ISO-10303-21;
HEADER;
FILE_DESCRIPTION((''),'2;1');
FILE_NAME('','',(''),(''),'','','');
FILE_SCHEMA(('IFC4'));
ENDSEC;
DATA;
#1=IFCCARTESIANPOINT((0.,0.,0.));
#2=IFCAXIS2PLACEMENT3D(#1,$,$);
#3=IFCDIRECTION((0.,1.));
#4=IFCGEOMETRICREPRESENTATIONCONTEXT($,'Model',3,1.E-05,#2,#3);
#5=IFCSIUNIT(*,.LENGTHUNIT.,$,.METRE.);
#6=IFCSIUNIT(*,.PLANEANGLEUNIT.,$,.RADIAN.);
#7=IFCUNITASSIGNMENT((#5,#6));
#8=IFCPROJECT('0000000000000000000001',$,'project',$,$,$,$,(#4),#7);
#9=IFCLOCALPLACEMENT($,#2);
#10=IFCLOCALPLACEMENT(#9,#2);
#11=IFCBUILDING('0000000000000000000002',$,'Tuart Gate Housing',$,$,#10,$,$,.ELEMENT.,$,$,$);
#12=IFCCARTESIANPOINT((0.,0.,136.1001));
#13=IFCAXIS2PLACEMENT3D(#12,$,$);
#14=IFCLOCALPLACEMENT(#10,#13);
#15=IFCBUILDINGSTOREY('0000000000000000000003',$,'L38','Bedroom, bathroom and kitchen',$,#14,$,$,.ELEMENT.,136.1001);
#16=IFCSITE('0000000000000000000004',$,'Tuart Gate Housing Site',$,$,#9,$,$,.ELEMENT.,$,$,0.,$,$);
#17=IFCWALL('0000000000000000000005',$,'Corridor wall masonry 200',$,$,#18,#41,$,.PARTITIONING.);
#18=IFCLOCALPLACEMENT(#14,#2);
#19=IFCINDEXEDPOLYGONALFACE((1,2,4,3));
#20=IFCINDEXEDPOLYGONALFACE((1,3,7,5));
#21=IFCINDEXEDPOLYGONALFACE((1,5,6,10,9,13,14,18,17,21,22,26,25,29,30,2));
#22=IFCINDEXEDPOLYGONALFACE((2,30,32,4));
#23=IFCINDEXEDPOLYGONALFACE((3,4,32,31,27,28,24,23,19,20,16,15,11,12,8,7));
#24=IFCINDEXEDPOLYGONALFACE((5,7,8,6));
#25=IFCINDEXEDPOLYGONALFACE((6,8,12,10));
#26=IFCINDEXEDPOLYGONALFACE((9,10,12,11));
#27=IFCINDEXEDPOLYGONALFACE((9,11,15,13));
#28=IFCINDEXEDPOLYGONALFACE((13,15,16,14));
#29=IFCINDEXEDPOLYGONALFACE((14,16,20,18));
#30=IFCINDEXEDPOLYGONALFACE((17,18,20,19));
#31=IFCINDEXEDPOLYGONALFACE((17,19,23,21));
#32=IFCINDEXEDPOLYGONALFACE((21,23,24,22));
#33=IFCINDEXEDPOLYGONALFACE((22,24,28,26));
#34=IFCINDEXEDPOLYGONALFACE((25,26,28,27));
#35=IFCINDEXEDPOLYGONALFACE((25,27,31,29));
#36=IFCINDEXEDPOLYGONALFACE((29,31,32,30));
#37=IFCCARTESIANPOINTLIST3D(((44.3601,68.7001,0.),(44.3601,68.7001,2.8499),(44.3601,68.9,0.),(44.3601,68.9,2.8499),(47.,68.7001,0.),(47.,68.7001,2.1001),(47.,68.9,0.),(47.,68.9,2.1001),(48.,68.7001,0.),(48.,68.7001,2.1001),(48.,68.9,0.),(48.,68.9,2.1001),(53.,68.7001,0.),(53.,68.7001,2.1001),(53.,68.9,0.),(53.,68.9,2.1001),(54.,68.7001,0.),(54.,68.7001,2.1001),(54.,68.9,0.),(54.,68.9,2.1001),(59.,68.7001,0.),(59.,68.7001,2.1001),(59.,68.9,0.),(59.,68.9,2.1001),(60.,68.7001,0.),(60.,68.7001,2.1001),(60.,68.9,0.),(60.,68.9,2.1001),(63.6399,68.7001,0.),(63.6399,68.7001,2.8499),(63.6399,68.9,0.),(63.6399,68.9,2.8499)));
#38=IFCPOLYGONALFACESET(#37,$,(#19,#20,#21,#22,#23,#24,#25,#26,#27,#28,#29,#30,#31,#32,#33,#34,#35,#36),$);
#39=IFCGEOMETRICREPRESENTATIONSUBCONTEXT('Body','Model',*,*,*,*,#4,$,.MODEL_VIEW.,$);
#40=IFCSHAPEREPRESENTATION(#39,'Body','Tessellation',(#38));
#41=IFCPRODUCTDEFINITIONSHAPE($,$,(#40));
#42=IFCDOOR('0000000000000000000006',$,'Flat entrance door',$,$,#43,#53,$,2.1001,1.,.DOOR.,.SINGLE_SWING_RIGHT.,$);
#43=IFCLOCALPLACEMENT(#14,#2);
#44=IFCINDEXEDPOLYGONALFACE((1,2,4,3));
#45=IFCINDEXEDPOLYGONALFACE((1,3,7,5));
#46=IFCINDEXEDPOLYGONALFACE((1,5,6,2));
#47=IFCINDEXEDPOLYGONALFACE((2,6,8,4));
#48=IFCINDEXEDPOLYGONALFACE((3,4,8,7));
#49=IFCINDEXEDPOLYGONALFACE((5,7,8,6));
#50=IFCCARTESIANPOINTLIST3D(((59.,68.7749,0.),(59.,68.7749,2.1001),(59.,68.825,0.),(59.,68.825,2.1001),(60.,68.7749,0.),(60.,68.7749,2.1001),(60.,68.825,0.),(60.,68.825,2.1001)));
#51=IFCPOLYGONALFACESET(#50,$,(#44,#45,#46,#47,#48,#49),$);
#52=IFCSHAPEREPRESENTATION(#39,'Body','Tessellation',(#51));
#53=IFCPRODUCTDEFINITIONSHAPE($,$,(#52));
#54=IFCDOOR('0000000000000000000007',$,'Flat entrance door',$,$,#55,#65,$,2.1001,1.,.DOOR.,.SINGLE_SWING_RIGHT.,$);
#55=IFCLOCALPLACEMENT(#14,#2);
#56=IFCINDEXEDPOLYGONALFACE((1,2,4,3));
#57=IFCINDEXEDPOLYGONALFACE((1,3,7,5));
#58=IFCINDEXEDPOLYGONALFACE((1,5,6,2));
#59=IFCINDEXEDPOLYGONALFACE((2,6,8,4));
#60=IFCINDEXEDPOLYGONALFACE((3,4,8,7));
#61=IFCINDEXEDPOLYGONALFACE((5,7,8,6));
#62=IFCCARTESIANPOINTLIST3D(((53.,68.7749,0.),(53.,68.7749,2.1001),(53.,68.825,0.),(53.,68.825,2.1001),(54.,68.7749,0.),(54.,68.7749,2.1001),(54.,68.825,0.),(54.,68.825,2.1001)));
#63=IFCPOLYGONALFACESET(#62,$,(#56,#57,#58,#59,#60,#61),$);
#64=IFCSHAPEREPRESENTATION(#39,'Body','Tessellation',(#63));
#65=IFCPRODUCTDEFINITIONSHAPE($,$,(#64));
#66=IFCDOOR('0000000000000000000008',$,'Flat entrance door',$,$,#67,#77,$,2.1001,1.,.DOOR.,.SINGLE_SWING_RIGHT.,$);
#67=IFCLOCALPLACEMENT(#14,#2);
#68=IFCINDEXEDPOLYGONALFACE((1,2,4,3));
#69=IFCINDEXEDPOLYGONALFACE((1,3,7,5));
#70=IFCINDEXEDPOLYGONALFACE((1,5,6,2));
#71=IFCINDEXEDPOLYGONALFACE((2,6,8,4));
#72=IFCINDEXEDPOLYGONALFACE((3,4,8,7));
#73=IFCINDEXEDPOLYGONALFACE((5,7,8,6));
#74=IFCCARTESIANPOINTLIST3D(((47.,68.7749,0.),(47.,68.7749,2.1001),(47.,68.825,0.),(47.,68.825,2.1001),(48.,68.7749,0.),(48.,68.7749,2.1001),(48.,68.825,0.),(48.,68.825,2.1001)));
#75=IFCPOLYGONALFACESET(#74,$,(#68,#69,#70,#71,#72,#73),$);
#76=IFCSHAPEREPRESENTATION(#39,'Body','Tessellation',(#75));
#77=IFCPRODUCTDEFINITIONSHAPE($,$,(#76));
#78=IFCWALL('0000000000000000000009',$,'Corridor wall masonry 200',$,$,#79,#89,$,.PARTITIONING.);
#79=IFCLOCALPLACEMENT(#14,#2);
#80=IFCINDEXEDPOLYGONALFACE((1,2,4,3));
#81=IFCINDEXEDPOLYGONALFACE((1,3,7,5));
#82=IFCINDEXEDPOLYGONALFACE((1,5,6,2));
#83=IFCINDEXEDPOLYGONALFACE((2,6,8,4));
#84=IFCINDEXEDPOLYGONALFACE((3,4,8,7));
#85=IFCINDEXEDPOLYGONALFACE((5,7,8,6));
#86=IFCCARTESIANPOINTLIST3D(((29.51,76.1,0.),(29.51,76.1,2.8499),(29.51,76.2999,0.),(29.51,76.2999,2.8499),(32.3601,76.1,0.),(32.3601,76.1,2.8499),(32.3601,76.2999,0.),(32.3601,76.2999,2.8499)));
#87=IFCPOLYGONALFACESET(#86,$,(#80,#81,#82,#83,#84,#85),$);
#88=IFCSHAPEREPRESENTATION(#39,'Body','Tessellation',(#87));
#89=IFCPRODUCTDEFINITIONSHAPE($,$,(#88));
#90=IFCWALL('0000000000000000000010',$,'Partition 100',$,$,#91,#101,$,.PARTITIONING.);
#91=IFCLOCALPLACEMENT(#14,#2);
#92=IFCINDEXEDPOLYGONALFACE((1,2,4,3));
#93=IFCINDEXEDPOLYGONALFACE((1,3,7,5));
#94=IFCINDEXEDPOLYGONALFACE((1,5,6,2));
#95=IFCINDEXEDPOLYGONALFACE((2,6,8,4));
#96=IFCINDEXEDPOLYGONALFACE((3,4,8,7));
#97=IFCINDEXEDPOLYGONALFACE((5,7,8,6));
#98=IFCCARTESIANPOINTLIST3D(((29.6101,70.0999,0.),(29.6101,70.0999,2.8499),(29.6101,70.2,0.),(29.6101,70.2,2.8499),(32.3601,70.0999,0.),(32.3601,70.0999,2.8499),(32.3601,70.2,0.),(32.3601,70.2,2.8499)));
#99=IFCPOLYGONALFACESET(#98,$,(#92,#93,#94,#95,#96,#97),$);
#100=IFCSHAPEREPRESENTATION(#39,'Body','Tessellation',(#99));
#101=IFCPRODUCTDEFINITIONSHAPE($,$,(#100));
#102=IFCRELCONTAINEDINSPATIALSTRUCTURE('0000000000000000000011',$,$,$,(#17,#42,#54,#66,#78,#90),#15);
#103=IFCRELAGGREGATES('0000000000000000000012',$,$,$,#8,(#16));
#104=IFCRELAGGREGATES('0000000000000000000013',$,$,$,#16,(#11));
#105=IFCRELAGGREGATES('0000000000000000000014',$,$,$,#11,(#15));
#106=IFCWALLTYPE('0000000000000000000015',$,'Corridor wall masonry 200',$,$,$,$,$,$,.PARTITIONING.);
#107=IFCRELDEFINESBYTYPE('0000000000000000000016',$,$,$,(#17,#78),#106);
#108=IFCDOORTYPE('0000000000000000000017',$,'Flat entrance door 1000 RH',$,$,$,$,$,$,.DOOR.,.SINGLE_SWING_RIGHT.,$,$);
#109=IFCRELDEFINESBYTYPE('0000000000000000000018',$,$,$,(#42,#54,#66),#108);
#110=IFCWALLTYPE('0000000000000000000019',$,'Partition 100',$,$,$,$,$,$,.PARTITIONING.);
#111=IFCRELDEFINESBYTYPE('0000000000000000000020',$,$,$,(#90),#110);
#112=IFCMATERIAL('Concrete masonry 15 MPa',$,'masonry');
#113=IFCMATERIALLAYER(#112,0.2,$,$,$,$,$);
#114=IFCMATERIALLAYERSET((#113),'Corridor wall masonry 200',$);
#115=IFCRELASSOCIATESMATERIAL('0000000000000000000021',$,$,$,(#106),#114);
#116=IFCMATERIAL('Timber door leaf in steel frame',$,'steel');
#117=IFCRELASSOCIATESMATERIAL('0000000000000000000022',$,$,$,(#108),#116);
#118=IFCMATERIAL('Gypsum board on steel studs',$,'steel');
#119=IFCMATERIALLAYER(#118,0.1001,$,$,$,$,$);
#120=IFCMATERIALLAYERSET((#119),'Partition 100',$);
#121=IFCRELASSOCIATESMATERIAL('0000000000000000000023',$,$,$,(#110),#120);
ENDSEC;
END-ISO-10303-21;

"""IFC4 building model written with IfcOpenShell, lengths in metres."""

from ifc_helpers import new_model, si_unit, direction, frame, frame_2d, origin, place, context, subcontext, project, spatial, rectangle, extrude, material, layer, layer_set, type_object, element, fill, save


model = new_model("IFC4")

# Units and contexts
model_context = context("Model", 3, precision=1e-05, world=origin(), true_north=direction((0.0, 1.0)))
body_context = subcontext(model_context, "Body", "Model", "MODEL_VIEW")
ifc_project = project(units=[si_unit("LENGTHUNIT", "METRE"), si_unit("PLANEANGLEUNIT", "RADIAN")], contexts=[model_context])

# Site, building, storey
site_placement = place(None, origin())
site = spatial("IfcSite", under=ifc_project, at=site_placement, Name="Tuart Gate Housing Site", CompositionType="ELEMENT", RefElevation=0.0)
building_placement = place(site_placement, origin())
building = spatial("IfcBuilding", under=site, at=building_placement, Name="Tuart Gate Housing", CompositionType="ELEMENT")
storey_placement = place(building_placement, frame((0.0, 0.0, 136.1001)))
storey = spatial("IfcBuildingStorey", under=building, at=storey_placement, Name="L38", Description="Bedroom, bathroom and kitchen", CompositionType="ELEMENT", Elevation=136.1001)

# Wall, openings, doors
ifc_material_1 = material(Name="Concrete masonry 15 MPa", Category="masonry")
ifc_layer_1 = layer(ifc_material_1, 0.2)
ifc_layer_set_1 = layer_set([ifc_layer_1], Name="Corridor wall masonry 200")
wall_type_1 = type_object("IfcWallType", Name="Corridor wall masonry 200", PredefinedType="PARTITIONING", material=ifc_layer_set_1)
wall_1_placement = place(storey_placement, frame((44.3601, 68.8, 0.0), z_axis=(0.0, 0.0, 1.0), x_axis=(1.0, 0.0, 0.0)))
wall_1 = element("IfcWall", 1, at=wall_1_placement, inside=storey, type_object=wall_type_1, Name="Corridor wall masonry 200", PredefinedType="PARTITIONING", context=body_context, shape_type="SweptSolid", body=[
    extrude(rectangle(XDim=19.2798, YDim=0.2, at=frame_2d((9.6399, 0.0))), origin(), (0.0, 0.0, 1.0), 2.8499),
])
opening_1_placement = place(wall_1_placement, frame((14.6399, 0.0, 0.0)))
opening_1 = element("IfcOpeningElement", 2, at=opening_1_placement, cuts=wall_1, PredefinedType="OPENING", context=body_context, shape_type="SweptSolid", body=[
    extrude(rectangle(XDim=1.0, YDim=2.1001, at=frame_2d((0.5, 1.05))), frame((0.0, 0.1099, 0.0), z_axis=(0.0, -1.0, 0.0), x_axis=(1.0, 0.0, 0.0)), (0.0, 0.0, 1.0), 0.22),
])
opening_2_placement = place(wall_1_placement, frame((8.6399, 0.0, 0.0)))
opening_2 = element("IfcOpeningElement", 3, at=opening_2_placement, cuts=wall_1, PredefinedType="OPENING", context=body_context, shape_type="SweptSolid", body=[
    extrude(rectangle(XDim=1.0, YDim=2.1001, at=frame_2d((0.5, 1.05))), frame((0.0, 0.1099, 0.0), z_axis=(0.0, -1.0, 0.0), x_axis=(1.0, 0.0, 0.0)), (0.0, 0.0, 1.0), 0.22),
])
opening_3_placement = place(wall_1_placement, frame((2.6399, 0.0, 0.0)))
opening_3 = element("IfcOpeningElement", 4, at=opening_3_placement, cuts=wall_1, PredefinedType="OPENING", context=body_context, shape_type="SweptSolid", body=[
    extrude(rectangle(XDim=1.0, YDim=2.1001, at=frame_2d((0.5, 1.05))), frame((0.0, 0.1099, 0.0), z_axis=(0.0, -1.0, 0.0), x_axis=(1.0, 0.0, 0.0)), (0.0, 0.0, 1.0), 0.22),
])
ifc_material_2 = material(Name="Timber door leaf in steel frame", Category="steel")
door_type_1 = type_object("IfcDoorType", Name="Flat entrance door 1000 RH", OperationType="SINGLE_SWING_RIGHT", PredefinedType="DOOR", material=ifc_material_2)
door_1_placement = place(opening_1_placement, frame((1.0, 0.0, 0.0), z_axis=(0.0, 0.0, 1.0), x_axis=(-1.0, 0.0, 0.0)))
door_1 = element("IfcDoor", 5, at=door_1_placement, inside=storey, type_object=door_type_1, Name="Flat entrance door", OperationType="SINGLE_SWING_RIGHT", OverallHeight=2.1001, OverallWidth=1.0, PredefinedType="DOOR", context=body_context, shape_type="SweptSolid", body=[
    extrude(rectangle(XDim=1.0, YDim=2.1001, at=frame_2d((0.5, 1.05))), frame((0.0, 0.0251, 0.0), z_axis=(0.0, -1.0, 0.0), x_axis=(1.0, 0.0, 0.0)), (0.0, 0.0, 1.0), 0.05),
])
fill(opening_1, door_1)
door_2_placement = place(opening_2_placement, frame((1.0, 0.0, 0.0), z_axis=(0.0, 0.0, 1.0), x_axis=(-1.0, 0.0, 0.0)))
door_2 = element("IfcDoor", 6, at=door_2_placement, inside=storey, type_object=door_type_1, Name="Flat entrance door", OperationType="SINGLE_SWING_RIGHT", OverallHeight=2.1001, OverallWidth=1.0, PredefinedType="DOOR", context=body_context, shape_type="SweptSolid", body=[
    extrude(rectangle(XDim=1.0, YDim=2.1001, at=frame_2d((0.5, 1.05))), frame((0.0, 0.0251, 0.0), z_axis=(0.0, -1.0, 0.0), x_axis=(1.0, 0.0, 0.0)), (0.0, 0.0, 1.0), 0.05),
])
fill(opening_2, door_2)
door_3_placement = place(opening_3_placement, frame((1.0, 0.0, 0.0), z_axis=(0.0, 0.0, 1.0), x_axis=(-1.0, 0.0, 0.0)))
door_3 = element("IfcDoor", 7, at=door_3_placement, inside=storey, type_object=door_type_1, Name="Flat entrance door", OperationType="SINGLE_SWING_RIGHT", OverallHeight=2.1001, OverallWidth=1.0, PredefinedType="DOOR", context=body_context, shape_type="SweptSolid", body=[
    extrude(rectangle(XDim=1.0, YDim=2.1001, at=frame_2d((0.5, 1.05))), frame((0.0, 0.0251, 0.0), z_axis=(0.0, -1.0, 0.0), x_axis=(1.0, 0.0, 0.0)), (0.0, 0.0, 1.0), 0.05),
])
fill(opening_3, door_3)

# Walls
wall_2_placement = place(storey_placement, frame((29.51, 76.2, 0.0), z_axis=(0.0, 0.0, 1.0), x_axis=(1.0, 0.0, 0.0)))
element("IfcWall", 8, at=wall_2_placement, inside=storey, type_object=wall_type_1, Name="Corridor wall masonry 200", PredefinedType="PARTITIONING", context=body_context, shape_type="SweptSolid", body=[
    extrude(rectangle(XDim=2.8501, YDim=0.2, at=frame_2d((1.425, 0.0))), origin(), (0.0, 0.0, 1.0), 2.8499),
])
ifc_material_3 = material(Name="Gypsum board on steel studs", Category="steel")
ifc_layer_2 = layer(ifc_material_3, 0.1001)
ifc_layer_set_2 = layer_set([ifc_layer_2], Name="Partition 100")
wall_type_2 = type_object("IfcWallType", Name="Partition 100", PredefinedType="PARTITIONING", material=ifc_layer_set_2)
wall_3_placement = place(storey_placement, frame((29.6101, 70.1499, 0.0), z_axis=(0.0, 0.0, 1.0), x_axis=(1.0, 0.0, 0.0)))
element("IfcWall", 9, at=wall_3_placement, inside=storey, type_object=wall_type_2, Name="Partition 100", PredefinedType="PARTITIONING", context=body_context, shape_type="SweptSolid", body=[
    extrude(rectangle(XDim=2.75, YDim=0.1001, at=frame_2d((1.375, 0.0))), origin(), (0.0, 0.0, 1.0), 2.8499),
])

save(model, "model.ifc")
